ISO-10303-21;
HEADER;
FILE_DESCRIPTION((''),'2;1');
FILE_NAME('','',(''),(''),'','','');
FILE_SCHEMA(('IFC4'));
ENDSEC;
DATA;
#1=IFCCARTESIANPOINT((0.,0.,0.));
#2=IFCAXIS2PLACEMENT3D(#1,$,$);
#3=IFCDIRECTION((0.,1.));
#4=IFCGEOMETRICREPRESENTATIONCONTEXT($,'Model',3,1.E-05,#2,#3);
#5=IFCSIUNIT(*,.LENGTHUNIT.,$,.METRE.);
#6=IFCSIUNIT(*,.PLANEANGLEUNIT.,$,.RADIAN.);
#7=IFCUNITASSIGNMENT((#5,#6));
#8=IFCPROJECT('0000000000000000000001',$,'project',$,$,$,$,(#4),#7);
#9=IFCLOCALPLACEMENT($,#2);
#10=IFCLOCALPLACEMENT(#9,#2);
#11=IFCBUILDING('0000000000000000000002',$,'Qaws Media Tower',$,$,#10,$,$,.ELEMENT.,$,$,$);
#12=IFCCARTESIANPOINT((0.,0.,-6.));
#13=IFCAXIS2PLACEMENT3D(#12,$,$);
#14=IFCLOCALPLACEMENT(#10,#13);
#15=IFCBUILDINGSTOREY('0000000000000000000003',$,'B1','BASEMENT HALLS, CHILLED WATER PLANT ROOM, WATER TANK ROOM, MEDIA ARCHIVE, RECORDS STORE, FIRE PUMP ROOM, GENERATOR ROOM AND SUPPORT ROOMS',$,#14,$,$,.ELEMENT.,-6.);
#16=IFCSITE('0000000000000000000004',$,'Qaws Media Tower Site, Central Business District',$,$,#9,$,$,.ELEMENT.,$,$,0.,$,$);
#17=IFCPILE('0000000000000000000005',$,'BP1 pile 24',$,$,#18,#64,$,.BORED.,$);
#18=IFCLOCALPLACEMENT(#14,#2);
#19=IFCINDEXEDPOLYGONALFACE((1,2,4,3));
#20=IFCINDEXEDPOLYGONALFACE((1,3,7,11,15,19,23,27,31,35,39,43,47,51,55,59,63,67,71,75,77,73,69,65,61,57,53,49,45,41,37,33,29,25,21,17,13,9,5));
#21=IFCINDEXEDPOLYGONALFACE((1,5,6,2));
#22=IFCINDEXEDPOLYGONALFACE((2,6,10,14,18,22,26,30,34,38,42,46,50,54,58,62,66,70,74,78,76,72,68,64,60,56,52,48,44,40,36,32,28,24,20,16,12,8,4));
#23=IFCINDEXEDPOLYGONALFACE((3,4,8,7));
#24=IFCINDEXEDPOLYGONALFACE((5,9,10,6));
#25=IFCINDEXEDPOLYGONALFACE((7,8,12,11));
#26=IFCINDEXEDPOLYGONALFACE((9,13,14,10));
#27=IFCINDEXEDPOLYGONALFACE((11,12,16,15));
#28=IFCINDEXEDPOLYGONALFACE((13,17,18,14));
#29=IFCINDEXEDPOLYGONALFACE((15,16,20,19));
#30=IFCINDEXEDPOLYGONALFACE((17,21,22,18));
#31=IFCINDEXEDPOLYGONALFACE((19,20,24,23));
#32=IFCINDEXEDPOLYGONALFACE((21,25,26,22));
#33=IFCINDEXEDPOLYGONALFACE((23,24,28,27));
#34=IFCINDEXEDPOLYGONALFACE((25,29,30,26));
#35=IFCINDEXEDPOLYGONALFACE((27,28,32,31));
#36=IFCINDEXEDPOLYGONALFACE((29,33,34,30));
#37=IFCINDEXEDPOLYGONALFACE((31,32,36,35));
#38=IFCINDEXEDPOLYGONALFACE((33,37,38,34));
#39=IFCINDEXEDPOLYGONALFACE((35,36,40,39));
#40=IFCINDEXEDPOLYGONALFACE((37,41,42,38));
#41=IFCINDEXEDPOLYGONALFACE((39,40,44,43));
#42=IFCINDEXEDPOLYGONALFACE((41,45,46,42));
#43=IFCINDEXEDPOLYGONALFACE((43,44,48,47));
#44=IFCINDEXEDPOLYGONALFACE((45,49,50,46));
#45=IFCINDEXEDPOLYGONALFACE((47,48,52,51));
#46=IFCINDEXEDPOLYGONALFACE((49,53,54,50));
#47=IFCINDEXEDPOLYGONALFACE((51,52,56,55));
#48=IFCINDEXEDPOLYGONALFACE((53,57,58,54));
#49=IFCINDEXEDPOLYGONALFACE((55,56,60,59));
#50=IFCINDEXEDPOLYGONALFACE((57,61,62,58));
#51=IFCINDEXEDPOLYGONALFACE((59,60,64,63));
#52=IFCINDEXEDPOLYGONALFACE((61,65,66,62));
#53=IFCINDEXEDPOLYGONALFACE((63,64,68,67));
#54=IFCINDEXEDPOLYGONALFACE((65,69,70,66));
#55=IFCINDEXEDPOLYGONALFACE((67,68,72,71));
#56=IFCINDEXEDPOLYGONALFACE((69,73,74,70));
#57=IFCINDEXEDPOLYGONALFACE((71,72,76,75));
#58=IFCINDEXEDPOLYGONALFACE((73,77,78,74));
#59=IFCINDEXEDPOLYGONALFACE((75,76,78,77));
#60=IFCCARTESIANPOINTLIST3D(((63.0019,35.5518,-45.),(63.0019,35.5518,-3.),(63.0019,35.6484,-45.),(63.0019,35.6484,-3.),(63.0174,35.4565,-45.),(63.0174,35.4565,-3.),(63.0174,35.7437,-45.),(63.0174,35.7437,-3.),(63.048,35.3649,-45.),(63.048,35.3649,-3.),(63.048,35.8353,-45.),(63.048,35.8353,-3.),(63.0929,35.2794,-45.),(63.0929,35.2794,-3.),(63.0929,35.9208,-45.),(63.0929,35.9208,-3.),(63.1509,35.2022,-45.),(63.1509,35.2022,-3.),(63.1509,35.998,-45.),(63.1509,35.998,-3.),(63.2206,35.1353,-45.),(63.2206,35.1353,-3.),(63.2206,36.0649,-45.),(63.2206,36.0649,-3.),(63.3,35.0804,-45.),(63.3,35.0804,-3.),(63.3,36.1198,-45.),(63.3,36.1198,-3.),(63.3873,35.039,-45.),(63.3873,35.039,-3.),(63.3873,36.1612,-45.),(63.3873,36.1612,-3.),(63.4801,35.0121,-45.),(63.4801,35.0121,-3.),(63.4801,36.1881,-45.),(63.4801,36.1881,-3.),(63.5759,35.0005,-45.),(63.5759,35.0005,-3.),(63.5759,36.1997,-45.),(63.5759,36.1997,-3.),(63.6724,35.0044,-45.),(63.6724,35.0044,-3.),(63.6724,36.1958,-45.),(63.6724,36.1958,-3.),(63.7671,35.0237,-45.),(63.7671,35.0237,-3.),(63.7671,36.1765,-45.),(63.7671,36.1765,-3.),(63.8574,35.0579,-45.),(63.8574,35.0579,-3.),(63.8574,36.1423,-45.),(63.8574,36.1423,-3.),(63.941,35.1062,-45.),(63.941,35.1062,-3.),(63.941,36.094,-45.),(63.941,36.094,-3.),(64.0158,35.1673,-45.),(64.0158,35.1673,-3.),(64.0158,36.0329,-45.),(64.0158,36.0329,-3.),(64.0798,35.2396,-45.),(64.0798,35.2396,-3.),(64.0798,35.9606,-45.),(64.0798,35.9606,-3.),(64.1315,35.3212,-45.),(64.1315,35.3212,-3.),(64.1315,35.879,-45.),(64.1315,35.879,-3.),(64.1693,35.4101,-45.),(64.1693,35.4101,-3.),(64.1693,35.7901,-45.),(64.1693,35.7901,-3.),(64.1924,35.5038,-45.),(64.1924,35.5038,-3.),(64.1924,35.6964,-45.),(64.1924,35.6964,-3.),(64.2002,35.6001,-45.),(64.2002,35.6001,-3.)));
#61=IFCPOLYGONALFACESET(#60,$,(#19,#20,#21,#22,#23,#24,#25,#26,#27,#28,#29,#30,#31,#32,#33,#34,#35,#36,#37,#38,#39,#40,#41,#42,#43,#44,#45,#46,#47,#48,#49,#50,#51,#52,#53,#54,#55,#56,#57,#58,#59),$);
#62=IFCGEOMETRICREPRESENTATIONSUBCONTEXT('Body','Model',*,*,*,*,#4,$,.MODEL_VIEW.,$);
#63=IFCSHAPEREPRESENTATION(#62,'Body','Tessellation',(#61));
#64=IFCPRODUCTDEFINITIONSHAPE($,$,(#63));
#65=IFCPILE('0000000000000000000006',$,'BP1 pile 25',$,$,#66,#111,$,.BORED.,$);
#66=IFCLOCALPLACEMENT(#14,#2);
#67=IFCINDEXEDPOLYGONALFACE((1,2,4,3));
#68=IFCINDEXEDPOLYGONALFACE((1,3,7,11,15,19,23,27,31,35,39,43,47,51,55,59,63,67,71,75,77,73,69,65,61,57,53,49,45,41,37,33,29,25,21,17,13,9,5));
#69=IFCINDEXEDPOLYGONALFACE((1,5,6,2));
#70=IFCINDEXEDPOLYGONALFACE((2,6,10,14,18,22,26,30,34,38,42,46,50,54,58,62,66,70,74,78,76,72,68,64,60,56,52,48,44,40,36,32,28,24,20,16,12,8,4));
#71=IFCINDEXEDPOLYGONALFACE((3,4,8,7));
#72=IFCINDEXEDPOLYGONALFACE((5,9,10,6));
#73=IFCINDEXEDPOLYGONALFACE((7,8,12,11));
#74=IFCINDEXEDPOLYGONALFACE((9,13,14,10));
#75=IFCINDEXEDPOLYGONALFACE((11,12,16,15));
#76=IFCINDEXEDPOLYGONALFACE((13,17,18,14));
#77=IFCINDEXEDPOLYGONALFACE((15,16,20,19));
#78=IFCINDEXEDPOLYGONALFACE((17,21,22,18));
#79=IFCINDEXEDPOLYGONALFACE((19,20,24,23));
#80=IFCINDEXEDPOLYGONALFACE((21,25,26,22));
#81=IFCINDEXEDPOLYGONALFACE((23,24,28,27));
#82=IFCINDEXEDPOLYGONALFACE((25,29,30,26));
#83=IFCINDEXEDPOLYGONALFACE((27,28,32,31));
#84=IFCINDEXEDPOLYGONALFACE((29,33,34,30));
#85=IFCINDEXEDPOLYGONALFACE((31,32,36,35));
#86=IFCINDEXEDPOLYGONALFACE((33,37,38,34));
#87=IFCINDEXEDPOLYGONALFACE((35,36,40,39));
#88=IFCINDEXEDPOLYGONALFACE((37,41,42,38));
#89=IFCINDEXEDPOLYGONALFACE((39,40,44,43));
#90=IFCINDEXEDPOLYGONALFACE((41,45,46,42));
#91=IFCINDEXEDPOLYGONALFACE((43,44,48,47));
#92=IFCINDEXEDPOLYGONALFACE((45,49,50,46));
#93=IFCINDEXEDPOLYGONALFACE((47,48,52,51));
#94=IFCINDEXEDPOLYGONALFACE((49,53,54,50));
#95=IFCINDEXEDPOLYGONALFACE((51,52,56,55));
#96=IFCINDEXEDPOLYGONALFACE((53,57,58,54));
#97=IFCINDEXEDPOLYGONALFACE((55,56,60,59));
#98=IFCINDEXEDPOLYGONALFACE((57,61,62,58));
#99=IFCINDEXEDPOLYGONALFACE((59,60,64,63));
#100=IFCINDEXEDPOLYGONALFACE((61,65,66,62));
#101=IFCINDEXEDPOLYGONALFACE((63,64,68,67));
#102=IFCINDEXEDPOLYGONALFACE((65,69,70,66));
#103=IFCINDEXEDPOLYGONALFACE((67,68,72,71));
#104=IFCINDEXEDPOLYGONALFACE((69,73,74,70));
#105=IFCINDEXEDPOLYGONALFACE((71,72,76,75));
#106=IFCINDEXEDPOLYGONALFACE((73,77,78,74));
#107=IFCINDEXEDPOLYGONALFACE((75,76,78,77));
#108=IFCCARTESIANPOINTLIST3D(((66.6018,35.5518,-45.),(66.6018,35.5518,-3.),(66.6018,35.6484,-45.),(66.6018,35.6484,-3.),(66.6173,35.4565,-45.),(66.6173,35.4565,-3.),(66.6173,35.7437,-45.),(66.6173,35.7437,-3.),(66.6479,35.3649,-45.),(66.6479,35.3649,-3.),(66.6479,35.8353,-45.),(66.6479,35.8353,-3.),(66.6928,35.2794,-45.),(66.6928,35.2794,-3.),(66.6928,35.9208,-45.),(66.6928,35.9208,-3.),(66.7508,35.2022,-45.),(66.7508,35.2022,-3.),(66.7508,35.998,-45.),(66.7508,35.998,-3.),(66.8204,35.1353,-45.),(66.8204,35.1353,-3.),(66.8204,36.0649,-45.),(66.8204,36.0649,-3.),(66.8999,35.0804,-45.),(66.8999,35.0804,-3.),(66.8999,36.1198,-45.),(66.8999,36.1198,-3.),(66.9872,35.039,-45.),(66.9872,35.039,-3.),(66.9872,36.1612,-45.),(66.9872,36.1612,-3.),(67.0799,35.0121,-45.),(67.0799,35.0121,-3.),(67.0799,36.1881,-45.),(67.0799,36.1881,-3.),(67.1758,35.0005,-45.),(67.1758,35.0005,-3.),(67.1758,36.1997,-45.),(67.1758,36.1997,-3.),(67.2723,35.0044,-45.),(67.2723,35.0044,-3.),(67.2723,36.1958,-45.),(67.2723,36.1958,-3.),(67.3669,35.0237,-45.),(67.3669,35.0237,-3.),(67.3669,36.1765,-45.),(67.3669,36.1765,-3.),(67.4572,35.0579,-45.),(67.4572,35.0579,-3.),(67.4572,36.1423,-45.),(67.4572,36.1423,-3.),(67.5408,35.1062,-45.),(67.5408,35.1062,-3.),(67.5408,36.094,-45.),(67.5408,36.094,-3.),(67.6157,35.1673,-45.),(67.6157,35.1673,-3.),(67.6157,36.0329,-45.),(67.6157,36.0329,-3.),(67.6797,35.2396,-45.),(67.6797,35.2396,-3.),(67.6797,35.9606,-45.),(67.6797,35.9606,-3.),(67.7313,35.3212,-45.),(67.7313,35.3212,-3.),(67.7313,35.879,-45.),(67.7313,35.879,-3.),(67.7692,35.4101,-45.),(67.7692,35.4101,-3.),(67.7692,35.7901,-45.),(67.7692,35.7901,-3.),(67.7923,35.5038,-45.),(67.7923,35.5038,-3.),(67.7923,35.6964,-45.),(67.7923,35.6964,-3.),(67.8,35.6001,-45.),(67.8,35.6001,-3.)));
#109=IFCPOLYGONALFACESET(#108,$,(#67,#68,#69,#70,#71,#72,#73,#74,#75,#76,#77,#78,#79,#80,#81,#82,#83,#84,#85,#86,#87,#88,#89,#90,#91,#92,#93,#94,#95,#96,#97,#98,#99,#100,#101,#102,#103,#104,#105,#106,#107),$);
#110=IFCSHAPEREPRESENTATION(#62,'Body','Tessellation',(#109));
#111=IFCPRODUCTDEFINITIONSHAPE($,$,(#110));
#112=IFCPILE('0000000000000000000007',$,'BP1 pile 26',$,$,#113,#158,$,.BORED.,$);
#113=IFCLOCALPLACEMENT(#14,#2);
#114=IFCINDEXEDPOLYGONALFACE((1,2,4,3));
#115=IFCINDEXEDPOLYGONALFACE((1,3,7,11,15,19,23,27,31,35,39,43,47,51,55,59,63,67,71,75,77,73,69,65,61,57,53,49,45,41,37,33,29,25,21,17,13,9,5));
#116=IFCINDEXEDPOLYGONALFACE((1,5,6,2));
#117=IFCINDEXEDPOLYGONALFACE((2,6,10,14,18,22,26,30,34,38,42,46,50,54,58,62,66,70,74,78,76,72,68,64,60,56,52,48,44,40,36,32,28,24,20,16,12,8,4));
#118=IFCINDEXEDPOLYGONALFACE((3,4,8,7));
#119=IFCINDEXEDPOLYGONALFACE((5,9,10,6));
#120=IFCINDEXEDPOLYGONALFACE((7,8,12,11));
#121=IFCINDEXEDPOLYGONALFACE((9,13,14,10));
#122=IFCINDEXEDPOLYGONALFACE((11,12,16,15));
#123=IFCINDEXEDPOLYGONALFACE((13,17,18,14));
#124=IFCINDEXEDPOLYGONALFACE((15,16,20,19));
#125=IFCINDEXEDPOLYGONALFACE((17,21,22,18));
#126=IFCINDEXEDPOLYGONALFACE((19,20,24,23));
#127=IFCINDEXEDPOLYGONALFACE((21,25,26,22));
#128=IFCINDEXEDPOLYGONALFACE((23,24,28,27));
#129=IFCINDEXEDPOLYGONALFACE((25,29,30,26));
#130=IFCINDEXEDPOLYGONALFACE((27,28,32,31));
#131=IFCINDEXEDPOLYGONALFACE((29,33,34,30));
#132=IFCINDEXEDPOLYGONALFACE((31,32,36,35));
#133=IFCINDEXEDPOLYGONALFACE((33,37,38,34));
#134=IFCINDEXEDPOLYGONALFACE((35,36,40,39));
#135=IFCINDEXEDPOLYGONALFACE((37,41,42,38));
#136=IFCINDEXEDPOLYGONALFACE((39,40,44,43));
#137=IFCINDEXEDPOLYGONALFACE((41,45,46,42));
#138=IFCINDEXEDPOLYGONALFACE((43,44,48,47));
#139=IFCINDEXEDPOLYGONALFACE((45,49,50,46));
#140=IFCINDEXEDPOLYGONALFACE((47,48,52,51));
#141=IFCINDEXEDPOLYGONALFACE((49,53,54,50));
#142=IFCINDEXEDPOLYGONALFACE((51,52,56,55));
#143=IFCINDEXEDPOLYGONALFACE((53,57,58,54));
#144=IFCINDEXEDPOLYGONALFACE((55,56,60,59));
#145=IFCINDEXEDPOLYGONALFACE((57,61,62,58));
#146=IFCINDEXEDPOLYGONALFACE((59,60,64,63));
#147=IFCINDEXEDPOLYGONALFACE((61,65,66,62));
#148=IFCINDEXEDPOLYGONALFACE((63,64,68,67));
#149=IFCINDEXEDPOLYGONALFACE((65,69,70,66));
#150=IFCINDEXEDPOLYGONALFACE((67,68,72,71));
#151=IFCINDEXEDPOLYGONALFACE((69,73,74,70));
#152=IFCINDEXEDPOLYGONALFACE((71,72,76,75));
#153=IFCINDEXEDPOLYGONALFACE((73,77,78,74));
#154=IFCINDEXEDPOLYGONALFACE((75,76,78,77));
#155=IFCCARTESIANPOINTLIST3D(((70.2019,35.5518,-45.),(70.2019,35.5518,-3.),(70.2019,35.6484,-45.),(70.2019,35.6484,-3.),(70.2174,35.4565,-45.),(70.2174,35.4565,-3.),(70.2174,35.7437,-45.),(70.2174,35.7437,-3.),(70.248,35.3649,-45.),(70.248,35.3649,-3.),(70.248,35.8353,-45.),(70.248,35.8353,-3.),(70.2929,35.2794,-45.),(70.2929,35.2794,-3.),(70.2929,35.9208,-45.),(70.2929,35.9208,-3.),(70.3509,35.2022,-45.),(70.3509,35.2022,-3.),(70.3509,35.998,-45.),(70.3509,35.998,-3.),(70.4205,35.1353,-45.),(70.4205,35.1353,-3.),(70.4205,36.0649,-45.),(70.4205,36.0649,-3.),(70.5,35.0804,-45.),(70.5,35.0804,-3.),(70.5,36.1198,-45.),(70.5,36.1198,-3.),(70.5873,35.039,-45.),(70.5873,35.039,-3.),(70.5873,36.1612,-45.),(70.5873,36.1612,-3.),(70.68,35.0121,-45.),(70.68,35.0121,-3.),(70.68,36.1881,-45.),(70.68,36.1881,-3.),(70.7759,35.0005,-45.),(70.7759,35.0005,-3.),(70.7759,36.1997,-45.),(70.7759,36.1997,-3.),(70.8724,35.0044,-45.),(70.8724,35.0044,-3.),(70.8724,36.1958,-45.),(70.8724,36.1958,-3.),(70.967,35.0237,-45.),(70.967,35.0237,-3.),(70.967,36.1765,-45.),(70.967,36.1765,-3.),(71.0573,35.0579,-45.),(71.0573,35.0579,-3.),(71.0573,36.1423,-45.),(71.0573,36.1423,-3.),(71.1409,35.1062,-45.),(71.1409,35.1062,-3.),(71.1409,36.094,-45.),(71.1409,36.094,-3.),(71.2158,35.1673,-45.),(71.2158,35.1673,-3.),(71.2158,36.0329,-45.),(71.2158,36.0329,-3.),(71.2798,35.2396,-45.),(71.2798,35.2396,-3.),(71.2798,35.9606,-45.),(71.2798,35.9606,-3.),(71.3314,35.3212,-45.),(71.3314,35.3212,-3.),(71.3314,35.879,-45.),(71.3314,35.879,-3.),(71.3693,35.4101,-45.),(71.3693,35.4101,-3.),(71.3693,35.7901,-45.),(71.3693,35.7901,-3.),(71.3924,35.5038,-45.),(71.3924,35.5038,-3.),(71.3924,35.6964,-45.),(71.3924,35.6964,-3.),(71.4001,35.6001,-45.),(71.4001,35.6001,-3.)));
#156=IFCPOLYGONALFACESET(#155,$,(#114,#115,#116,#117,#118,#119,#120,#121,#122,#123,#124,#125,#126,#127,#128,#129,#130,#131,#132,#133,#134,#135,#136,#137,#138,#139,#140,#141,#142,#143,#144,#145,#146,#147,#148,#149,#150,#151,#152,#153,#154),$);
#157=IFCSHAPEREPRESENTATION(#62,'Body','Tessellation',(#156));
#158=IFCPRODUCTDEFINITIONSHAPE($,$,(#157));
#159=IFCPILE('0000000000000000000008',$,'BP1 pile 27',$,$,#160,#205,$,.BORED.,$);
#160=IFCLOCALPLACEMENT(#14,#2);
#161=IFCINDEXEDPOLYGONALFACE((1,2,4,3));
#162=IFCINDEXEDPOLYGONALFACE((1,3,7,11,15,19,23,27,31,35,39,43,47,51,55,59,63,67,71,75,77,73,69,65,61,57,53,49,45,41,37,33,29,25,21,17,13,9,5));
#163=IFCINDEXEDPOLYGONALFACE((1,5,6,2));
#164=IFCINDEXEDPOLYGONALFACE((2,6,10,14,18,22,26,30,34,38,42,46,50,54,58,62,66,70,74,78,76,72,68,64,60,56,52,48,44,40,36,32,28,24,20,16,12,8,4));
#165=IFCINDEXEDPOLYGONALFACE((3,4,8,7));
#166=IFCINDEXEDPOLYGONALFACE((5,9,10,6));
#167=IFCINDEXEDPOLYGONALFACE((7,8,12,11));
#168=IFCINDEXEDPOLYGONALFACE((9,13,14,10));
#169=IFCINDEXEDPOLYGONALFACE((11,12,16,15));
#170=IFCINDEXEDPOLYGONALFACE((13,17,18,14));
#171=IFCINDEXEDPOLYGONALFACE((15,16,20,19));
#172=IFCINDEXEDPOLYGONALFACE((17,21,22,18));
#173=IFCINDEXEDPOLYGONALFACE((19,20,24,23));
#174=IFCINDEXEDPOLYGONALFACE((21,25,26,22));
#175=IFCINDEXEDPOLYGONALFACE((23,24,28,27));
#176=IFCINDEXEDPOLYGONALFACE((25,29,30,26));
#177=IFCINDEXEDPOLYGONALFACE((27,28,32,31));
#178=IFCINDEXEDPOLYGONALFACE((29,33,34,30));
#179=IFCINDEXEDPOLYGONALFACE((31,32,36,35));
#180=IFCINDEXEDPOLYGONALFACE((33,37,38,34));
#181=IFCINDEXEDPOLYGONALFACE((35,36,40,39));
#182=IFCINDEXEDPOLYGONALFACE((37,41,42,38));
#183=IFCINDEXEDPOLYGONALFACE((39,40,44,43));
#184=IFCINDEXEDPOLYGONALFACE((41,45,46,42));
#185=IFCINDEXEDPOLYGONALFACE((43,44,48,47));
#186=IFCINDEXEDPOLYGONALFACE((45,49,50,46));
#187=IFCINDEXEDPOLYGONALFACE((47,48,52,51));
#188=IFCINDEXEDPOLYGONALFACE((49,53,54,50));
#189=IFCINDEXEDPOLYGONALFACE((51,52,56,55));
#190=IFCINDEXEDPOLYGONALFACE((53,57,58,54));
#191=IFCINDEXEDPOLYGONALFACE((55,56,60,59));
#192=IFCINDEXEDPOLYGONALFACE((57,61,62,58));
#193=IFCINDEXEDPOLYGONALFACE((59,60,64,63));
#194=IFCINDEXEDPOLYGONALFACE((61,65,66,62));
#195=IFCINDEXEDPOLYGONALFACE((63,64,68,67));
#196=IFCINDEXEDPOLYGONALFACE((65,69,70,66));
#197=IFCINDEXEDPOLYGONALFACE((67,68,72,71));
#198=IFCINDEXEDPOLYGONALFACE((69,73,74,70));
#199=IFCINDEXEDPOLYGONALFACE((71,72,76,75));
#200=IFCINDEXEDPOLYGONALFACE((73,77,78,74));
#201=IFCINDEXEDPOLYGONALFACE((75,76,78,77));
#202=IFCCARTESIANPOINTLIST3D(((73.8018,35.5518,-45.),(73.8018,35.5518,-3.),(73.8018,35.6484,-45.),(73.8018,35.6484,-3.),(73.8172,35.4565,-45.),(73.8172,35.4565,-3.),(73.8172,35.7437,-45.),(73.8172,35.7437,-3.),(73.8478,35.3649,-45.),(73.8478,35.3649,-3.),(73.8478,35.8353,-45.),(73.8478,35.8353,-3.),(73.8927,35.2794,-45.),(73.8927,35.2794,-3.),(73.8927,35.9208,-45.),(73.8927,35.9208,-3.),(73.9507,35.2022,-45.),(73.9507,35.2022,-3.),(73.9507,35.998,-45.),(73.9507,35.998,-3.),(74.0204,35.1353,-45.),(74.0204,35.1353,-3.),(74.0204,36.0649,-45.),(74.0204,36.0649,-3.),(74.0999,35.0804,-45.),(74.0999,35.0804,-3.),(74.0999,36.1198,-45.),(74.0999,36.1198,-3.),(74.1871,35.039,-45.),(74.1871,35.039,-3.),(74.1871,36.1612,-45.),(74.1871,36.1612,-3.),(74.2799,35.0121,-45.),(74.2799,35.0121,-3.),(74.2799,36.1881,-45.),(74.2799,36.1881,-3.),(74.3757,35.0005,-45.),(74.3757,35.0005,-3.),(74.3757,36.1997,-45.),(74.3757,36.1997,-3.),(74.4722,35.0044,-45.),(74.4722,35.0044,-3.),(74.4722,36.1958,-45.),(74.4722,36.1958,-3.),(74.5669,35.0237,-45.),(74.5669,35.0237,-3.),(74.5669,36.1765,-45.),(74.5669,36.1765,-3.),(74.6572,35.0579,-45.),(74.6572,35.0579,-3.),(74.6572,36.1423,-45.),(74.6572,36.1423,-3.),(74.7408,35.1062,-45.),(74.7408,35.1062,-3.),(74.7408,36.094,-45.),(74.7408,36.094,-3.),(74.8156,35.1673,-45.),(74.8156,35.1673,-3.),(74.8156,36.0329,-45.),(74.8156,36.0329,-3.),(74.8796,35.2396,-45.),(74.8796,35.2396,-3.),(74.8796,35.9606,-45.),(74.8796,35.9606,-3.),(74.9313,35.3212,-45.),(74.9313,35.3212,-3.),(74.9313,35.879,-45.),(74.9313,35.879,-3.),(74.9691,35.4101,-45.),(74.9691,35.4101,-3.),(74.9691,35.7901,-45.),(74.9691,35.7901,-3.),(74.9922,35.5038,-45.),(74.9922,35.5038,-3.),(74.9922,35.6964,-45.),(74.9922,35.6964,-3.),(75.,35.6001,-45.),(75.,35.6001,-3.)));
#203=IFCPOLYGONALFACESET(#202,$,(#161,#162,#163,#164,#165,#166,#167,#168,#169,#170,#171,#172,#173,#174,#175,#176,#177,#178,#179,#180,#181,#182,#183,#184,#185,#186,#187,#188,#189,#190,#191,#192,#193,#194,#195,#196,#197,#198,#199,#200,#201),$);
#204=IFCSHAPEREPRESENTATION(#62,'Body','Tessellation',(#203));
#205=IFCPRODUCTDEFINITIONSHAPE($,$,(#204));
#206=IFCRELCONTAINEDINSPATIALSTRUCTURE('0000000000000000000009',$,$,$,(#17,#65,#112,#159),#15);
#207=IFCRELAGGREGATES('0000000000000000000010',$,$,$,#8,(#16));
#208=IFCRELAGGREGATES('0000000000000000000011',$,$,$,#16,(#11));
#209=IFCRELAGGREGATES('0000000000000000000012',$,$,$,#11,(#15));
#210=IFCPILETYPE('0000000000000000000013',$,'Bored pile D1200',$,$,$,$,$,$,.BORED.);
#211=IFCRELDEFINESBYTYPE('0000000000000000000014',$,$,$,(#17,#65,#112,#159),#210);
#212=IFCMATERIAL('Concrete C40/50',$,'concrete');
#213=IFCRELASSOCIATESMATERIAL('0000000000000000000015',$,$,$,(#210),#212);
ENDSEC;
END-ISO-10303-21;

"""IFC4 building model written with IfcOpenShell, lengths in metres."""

from ifc_helpers import new_model, si_unit, direction, frame, origin, origin_2d, place, context, subcontext, project, spatial, circle, extrude, material, material_profile, profile_set, type_object, element, save


model = new_model("IFC4")

# Units and contexts
model_context = context("Model", 3, precision=1e-05, world=origin(), true_north=direction((0.0, 1.0)))
body_context = subcontext(model_context, "Body", "Model", "MODEL_VIEW")
ifc_project = project(units=[si_unit("LENGTHUNIT", "METRE"), si_unit("PLANEANGLEUNIT", "RADIAN")], contexts=[model_context])

# Site, building, storey
site_placement = place(None, origin())
site = spatial("IfcSite", under=ifc_project, at=site_placement, Name="Qaws Media Tower Site, Central Business District", CompositionType="ELEMENT", RefElevation=0.0)
building_placement = place(site_placement, origin())
building = spatial("IfcBuilding", under=site, at=building_placement, Name="Qaws Media Tower", CompositionType="ELEMENT")
storey_placement = place(building_placement, frame((0.0, 0.0, -6.0)))
storey = spatial("IfcBuildingStorey", under=building, at=storey_placement, Name="B1", Description="BASEMENT HALLS, CHILLED WATER PLANT ROOM, WATER TANK ROOM, MEDIA ARCHIVE, RECORDS STORE, FIRE PUMP ROOM, GENERATOR ROOM AND SUPPORT ROOMS", CompositionType="ELEMENT", Elevation=-6.0)

# Piles
ifc_material_1 = material(Name="Concrete C40/50", Category="concrete")
ifc_material_profile_1 = material_profile(ifc_material_1, circle(Radius=0.6001, at=origin_2d()), Name="D1200")
ifc_profile_set_1 = profile_set([ifc_material_profile_1], Name="Concrete C40/50")
pile_type = type_object("IfcPileType", Name="Bored pile D1200", PredefinedType="BORED", material=ifc_profile_set_1)
for number, where, z_axis, x_axis, name in (
    (1, (63.6001, 35.6001, -3.0), (0.0, 0.0, -1.0), (1.0, 0.0, 0.0), "BP1 pile 24"),
    (2, (67.2, 35.6001, -3.0), (0.0, 0.0, -1.0), (1.0, 0.0, 0.0), "BP1 pile 25"),
    (3, (70.8, 35.6001, -3.0), (0.0, 0.0, -1.0), (1.0, 0.0, 0.0), "BP1 pile 26"),
    (4, (74.3999, 35.6001, -3.0), (0.0, 0.0, -1.0), (1.0, 0.0, 0.0), "BP1 pile 27"),
):
    element("IfcPile", number, at=place(storey_placement, frame(where, z_axis=z_axis, x_axis=x_axis)), inside=storey, type_object=pile_type, Name=name, PredefinedType="BORED", context=body_context, shape_type="SweptSolid", body=[
        extrude(circle(Radius=0.6001, at=origin_2d()), origin(), (0.0, 0.0, 1.0), 42.0),
    ])

save(model, "model.ifc")
